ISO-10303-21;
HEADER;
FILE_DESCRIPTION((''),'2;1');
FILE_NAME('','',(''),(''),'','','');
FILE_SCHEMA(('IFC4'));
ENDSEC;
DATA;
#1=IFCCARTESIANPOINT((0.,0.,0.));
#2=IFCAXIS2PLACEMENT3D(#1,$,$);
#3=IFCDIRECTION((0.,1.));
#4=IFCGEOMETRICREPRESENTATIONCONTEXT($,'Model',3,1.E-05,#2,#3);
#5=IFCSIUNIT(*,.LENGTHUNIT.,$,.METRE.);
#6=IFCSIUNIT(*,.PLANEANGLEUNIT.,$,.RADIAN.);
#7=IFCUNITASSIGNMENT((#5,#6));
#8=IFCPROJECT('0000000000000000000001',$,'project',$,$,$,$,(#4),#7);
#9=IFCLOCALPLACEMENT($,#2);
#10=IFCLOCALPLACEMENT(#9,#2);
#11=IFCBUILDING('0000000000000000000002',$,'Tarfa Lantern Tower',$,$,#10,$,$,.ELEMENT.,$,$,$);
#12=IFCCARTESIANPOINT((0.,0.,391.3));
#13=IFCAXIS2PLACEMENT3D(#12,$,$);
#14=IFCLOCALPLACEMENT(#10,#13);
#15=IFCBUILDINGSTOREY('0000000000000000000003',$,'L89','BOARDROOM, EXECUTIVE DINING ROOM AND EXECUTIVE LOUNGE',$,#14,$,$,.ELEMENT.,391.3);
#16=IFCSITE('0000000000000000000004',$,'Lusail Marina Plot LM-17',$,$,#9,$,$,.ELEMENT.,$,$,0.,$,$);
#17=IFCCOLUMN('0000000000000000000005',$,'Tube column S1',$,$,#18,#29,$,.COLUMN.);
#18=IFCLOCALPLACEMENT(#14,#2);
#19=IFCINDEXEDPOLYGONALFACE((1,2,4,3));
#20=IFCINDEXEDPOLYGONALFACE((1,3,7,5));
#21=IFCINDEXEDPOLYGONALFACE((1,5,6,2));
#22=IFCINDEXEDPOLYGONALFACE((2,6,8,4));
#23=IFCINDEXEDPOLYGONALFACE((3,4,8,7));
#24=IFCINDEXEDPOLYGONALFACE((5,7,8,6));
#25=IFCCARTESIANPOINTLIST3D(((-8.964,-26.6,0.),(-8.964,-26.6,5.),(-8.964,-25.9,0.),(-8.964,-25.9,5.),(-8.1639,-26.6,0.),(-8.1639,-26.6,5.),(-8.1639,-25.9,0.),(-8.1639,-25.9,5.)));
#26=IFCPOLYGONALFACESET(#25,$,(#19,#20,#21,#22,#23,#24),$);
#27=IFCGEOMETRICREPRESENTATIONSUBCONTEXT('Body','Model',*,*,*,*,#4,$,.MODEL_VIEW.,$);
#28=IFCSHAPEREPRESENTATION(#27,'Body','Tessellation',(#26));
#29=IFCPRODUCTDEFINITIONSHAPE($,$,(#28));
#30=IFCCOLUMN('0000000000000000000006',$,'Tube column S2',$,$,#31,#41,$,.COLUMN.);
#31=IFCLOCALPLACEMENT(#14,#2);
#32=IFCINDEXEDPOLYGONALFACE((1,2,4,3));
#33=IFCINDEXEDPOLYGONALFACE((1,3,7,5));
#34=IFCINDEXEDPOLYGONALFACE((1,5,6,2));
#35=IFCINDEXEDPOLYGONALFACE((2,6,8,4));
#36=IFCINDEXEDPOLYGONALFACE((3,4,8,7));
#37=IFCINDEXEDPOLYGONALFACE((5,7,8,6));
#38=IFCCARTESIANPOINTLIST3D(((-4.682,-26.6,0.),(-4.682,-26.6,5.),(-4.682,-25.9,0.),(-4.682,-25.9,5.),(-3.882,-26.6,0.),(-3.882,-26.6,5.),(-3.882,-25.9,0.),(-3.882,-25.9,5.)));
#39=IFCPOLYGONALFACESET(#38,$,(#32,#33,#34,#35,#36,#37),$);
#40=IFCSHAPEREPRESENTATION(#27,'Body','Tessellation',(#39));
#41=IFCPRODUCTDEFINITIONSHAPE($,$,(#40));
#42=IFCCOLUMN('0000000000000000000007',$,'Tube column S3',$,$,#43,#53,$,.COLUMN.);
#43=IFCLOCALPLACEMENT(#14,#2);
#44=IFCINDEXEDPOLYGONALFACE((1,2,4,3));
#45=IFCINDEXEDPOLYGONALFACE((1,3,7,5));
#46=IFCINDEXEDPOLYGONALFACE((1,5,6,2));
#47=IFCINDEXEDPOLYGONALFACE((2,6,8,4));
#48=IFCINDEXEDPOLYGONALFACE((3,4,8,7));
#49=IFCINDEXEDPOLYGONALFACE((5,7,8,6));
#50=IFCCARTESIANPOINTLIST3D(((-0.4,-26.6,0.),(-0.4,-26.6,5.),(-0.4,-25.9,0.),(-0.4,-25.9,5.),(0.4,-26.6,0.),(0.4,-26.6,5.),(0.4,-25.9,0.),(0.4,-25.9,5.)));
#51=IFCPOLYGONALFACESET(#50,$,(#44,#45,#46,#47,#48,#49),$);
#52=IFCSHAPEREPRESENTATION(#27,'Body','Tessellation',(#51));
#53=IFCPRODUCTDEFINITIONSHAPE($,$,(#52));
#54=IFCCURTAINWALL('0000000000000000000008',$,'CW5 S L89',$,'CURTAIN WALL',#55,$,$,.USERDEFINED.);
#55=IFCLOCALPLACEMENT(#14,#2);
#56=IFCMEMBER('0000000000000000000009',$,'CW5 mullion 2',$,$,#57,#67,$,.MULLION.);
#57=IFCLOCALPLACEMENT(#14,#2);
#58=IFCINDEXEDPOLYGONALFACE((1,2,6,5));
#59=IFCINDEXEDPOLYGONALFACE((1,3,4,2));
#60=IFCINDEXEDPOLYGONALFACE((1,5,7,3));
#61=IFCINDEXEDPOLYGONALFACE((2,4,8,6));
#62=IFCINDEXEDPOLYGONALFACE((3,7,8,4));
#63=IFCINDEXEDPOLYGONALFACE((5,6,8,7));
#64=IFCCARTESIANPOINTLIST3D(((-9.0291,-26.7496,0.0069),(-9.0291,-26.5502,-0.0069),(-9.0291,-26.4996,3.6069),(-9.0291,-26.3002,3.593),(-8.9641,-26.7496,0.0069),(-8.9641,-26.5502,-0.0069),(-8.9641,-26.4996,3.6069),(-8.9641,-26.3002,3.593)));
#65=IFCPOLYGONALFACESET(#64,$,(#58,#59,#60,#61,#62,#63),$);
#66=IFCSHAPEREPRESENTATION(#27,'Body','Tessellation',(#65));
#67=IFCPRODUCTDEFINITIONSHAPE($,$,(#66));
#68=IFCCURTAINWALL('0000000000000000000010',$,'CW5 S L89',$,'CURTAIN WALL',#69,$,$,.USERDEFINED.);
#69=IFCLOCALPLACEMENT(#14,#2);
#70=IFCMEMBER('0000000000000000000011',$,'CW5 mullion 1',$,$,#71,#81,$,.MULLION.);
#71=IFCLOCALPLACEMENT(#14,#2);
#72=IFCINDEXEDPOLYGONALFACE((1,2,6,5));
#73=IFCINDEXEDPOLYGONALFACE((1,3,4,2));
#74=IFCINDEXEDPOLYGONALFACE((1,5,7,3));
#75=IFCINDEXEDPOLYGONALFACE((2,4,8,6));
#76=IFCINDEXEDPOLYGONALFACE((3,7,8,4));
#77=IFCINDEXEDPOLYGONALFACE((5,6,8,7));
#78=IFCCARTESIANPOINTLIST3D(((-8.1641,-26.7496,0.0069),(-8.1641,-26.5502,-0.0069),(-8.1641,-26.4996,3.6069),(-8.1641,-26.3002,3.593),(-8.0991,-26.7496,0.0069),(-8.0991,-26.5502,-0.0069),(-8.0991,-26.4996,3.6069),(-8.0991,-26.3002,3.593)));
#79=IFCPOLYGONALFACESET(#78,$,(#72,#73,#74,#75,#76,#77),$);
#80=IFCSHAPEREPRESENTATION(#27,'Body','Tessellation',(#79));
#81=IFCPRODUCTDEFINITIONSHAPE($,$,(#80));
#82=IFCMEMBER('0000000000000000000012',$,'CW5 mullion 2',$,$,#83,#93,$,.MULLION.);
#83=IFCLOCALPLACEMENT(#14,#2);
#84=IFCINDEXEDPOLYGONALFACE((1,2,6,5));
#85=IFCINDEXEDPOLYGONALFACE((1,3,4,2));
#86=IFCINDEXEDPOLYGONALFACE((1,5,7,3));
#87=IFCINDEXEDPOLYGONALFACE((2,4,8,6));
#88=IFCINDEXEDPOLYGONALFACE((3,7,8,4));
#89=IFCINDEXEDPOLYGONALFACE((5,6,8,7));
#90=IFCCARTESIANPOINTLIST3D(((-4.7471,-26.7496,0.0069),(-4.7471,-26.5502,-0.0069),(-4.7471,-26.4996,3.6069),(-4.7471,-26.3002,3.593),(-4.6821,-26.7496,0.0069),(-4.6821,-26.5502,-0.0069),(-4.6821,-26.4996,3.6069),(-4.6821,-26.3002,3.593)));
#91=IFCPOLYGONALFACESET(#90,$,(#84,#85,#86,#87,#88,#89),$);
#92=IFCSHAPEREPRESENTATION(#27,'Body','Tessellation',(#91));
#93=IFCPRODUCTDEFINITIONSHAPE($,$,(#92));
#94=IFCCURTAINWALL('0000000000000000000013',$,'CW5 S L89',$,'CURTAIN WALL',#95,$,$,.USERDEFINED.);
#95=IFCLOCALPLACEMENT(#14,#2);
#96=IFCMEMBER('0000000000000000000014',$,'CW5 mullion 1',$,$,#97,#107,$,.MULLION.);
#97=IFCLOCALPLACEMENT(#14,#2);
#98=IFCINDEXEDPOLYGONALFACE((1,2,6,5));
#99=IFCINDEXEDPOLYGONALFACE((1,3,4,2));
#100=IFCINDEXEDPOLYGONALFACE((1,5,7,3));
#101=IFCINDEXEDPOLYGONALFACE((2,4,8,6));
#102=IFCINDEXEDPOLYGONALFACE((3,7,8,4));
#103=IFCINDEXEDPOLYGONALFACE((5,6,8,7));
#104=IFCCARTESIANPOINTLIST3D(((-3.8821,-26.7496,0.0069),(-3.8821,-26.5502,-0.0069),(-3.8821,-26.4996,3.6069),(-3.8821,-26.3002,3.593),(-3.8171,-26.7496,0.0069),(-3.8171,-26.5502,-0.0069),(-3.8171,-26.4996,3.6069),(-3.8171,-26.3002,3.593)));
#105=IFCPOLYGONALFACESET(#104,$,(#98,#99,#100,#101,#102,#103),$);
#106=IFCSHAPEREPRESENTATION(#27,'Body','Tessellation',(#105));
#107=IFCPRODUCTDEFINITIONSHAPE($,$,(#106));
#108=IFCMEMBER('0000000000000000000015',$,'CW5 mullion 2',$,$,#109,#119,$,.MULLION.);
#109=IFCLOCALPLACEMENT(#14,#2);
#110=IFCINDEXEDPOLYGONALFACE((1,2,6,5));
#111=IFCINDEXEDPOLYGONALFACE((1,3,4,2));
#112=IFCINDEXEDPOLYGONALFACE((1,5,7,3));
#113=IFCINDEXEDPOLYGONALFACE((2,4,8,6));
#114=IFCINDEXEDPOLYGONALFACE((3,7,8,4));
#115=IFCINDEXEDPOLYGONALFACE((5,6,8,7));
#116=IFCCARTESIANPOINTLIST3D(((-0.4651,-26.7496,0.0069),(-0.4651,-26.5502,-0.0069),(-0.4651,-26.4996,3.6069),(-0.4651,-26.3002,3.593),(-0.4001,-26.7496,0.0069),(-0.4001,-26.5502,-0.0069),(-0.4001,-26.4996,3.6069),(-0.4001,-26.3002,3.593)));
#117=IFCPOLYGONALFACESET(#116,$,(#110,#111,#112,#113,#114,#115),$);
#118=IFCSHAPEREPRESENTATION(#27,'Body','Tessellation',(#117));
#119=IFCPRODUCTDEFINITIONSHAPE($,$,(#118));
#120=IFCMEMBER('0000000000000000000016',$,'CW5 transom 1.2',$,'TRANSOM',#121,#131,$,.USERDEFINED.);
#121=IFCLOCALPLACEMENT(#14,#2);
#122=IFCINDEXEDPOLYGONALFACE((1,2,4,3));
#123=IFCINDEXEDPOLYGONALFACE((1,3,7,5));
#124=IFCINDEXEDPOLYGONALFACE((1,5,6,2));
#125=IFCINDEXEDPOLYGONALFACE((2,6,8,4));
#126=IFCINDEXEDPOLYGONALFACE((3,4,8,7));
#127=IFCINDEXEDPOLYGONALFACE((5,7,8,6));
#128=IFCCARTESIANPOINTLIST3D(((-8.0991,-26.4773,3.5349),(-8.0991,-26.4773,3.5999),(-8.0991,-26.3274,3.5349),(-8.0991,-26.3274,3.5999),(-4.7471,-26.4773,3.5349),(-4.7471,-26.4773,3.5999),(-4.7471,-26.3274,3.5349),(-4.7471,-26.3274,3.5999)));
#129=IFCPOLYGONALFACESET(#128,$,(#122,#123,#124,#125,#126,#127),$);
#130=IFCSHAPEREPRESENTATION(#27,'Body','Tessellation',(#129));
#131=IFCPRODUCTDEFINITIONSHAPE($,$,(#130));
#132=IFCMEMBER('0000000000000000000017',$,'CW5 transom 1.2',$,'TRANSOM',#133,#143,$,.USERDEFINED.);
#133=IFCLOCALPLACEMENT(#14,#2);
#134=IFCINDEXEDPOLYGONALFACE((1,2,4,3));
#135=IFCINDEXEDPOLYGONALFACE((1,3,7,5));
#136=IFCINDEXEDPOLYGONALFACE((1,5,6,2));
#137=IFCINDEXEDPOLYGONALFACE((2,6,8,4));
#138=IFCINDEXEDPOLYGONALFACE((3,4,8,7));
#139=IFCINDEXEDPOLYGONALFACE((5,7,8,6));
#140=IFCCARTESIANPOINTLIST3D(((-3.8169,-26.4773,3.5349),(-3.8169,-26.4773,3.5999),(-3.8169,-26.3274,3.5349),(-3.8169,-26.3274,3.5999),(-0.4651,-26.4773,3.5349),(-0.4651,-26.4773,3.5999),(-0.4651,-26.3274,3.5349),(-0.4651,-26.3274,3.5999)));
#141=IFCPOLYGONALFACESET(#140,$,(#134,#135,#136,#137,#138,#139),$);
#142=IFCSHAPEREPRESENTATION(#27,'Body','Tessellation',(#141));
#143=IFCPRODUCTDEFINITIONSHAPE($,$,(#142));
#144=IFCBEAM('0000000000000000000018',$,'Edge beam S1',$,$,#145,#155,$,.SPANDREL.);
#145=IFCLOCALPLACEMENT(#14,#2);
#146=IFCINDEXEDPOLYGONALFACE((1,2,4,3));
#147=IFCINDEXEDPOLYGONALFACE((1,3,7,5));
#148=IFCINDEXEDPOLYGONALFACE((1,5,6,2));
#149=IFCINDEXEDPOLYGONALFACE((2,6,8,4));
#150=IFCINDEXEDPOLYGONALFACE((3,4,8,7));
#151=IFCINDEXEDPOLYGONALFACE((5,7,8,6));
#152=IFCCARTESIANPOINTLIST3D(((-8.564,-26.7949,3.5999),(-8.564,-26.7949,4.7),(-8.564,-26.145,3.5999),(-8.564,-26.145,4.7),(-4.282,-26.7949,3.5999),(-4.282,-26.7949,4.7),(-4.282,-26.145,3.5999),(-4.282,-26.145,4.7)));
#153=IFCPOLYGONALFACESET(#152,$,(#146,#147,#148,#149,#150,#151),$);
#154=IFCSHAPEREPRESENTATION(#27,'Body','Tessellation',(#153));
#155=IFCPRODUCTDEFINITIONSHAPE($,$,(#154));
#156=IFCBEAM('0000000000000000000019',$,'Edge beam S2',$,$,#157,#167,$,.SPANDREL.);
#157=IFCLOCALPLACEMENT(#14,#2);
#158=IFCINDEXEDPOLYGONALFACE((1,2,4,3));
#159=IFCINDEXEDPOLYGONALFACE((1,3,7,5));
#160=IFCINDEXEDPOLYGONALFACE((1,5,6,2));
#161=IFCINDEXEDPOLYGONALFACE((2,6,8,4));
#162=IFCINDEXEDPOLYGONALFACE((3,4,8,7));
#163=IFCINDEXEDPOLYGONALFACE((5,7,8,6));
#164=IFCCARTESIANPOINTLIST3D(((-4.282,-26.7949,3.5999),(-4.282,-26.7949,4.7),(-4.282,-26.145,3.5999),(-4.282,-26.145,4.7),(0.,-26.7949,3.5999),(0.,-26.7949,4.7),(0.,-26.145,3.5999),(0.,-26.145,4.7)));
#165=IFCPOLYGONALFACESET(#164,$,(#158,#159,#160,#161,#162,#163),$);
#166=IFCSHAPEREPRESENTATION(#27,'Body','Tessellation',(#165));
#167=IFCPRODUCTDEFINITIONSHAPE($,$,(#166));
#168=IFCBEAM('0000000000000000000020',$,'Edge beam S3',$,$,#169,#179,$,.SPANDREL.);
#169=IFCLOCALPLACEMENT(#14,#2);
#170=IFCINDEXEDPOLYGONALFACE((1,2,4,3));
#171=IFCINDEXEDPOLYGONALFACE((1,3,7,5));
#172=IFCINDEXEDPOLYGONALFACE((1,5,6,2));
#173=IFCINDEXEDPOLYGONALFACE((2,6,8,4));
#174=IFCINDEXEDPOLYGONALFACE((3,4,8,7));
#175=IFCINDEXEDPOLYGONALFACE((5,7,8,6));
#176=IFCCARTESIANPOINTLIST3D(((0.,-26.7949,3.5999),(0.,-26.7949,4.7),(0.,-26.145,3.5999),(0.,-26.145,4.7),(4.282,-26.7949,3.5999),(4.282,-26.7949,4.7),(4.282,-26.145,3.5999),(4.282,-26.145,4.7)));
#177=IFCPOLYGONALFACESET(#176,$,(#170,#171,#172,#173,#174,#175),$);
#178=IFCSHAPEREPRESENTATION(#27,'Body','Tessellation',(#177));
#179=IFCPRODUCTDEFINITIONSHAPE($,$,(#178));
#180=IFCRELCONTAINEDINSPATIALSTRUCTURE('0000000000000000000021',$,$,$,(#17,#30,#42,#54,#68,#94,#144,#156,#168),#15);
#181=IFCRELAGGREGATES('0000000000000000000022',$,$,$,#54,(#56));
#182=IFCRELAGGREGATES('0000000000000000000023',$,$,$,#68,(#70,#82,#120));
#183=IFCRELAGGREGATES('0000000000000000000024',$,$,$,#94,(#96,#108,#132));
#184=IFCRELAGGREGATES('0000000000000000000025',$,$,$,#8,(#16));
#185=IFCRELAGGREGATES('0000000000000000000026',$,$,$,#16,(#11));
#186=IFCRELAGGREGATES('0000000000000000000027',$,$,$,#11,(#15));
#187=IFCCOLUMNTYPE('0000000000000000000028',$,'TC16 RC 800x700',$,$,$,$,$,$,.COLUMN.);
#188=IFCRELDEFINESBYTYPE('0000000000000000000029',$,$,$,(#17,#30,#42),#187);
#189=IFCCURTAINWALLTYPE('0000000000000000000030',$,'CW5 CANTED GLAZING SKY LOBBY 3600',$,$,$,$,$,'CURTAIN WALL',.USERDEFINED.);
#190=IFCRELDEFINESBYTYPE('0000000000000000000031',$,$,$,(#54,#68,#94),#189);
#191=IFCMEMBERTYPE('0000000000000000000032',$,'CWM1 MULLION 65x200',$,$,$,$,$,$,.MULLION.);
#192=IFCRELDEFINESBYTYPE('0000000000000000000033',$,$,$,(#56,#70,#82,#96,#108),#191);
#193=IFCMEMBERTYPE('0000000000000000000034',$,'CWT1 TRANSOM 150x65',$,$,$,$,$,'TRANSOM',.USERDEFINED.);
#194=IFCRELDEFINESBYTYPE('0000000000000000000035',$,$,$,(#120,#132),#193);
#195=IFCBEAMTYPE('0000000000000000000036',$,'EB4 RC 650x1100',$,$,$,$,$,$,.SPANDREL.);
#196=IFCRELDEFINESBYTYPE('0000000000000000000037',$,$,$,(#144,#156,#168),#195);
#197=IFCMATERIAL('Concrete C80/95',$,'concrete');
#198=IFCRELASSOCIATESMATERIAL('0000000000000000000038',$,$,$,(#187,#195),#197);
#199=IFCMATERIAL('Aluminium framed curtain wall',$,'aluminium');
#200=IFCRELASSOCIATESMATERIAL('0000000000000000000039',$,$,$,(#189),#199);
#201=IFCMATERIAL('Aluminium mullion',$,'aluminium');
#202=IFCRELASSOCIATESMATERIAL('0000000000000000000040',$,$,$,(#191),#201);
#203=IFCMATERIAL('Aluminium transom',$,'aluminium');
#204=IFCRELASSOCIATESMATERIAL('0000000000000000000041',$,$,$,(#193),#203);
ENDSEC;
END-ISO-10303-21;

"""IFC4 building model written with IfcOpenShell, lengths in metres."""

from ifc_helpers import new_model, si_unit, direction, frame, origin, origin_2d, place, context, subcontext, project, spatial, rectangle, extrude, material, material_profile, profile_set, type_object, element, aggregate, save


model = new_model("IFC4")

# Units and contexts
model_context = context("Model", 3, precision=1e-05, world=origin(), true_north=direction((0.0, 1.0)))
body_context = subcontext(model_context, "Body", "Model", "MODEL_VIEW")
ifc_project = project(units=[si_unit("LENGTHUNIT", "METRE"), si_unit("PLANEANGLEUNIT", "RADIAN")], contexts=[model_context])

# Site, building, storey
site_placement = place(None, origin())
site = spatial("IfcSite", under=ifc_project, at=site_placement, Name="Lusail Marina Plot LM-17", CompositionType="ELEMENT", RefElevation=0.0)
building_placement = place(site_placement, origin())
building = spatial("IfcBuilding", under=site, at=building_placement, Name="Tarfa Lantern Tower", CompositionType="ELEMENT")
storey_placement = place(building_placement, frame((0.0, 0.0, 391.3)))
storey = spatial("IfcBuildingStorey", under=building, at=storey_placement, Name="L89", Description="BOARDROOM, EXECUTIVE DINING ROOM AND EXECUTIVE LOUNGE", CompositionType="ELEMENT", Elevation=391.3)

# Columns
ifc_material_1 = material(Name="Concrete C80/95", Category="concrete")
ifc_material_profile_1 = material_profile(ifc_material_1, rectangle(XDim=0.8, YDim=0.7, at=origin_2d()), Name="RC 800x700")
ifc_profile_set_1 = profile_set([ifc_material_profile_1], Name="Concrete C80/95")
column_type = type_object("IfcColumnType", Name="TC16 RC 800x700", PredefinedType="COLUMN", material=ifc_profile_set_1)
for number, where, z_axis, x_axis, name in (
    (1, (-8.564, -26.25, 0.0), (0.0, 0.0, 1.0), (1.0, 0.0, 0.0), "Tube column S1"),
    (2, (-4.282, -26.25, 0.0), (0.0, 0.0, 1.0), (1.0, 0.0, 0.0), "Tube column S2"),
    (3, (0.0, -26.25, 0.0), (0.0, 0.0, 1.0), (1.0, 0.0, 0.0), "Tube column S3"),
):
    element("IfcColumn", number, at=place(storey_placement, frame(where, z_axis=z_axis, x_axis=x_axis)), inside=storey, type_object=column_type, Name=name, PredefinedType="COLUMN", context=body_context, shape_type="SweptSolid", body=[
        extrude(rectangle(XDim=0.8, YDim=0.7, at=origin_2d()), origin(), (0.0, 0.0, 1.0), 5.0),
    ])

# Curtain wall, member
ifc_material_2 = material(Name="Aluminium framed curtain wall", Category="aluminium")
curtain_wall_type = type_object("IfcCurtainWallType", Name="CW5 CANTED GLAZING SKY LOBBY 3600", ElementType="CURTAIN WALL", PredefinedType="USERDEFINED", material=ifc_material_2)
curtain_wall_1_placement = place(storey_placement, origin())
curtain_wall_1 = element("IfcCurtainWall", 4, at=curtain_wall_1_placement, inside=storey, type_object=curtain_wall_type, Name="CW5 S L89", ObjectType="CURTAIN WALL", PredefinedType="USERDEFINED")
ifc_material_3 = material(Name="Aluminium mullion", Category="aluminium")
ifc_material_profile_2 = material_profile(ifc_material_3, rectangle(XDim=0.0649, YDim=0.2, at=origin_2d()), Name="AL MULLION 65x200")
ifc_profile_set_2 = profile_set([ifc_material_profile_2], Name="Aluminium mullion")
member_type_1 = type_object("IfcMemberType", Name="CWM1 MULLION 65x200", PredefinedType="MULLION", material=ifc_profile_set_2)
member_1_placement = place(storey_placement, frame((-8.9966, -26.6499, 0.0), z_axis=(0.0, 0.06928, 0.997597), x_axis=(-1.0, 0.0, 0.0)))
member_1 = element("IfcMember", 5, at=member_1_placement, type_object=member_type_1, Name="CW5 mullion 2", PredefinedType="MULLION", context=body_context, shape_type="SweptSolid", body=[
    extrude(rectangle(XDim=0.0649, YDim=0.2, at=origin_2d()), origin(), (0.0, 0.0, 1.0), 3.6086),
])
aggregate(curtain_wall_1, [member_1])

# Curtain walls, members
curtain_wall_2_placement = place(storey_placement, origin())
curtain_wall_2 = element("IfcCurtainWall", 6, at=curtain_wall_2_placement, inside=storey, type_object=curtain_wall_type, Name="CW5 S L89", ObjectType="CURTAIN WALL", PredefinedType="USERDEFINED")
member_2_placement = place(storey_placement, frame((-8.1316, -26.6499, 0.0), z_axis=(0.0, 0.06928, 0.997597), x_axis=(-1.0, 0.0, 0.0)))
member_2 = element("IfcMember", 7, at=member_2_placement, type_object=member_type_1, Name="CW5 mullion 1", PredefinedType="MULLION", context=body_context, shape_type="SweptSolid", body=[
    extrude(rectangle(XDim=0.0649, YDim=0.2, at=origin_2d()), origin(), (0.0, 0.0, 1.0), 3.6086),
])
member_3_placement = place(storey_placement, frame((-4.7146, -26.6499, 0.0), z_axis=(0.0, 0.06928, 0.997597), x_axis=(-1.0, 0.0, 0.0)))
member_3 = element("IfcMember", 8, at=member_3_placement, type_object=member_type_1, Name="CW5 mullion 2", PredefinedType="MULLION", context=body_context, shape_type="SweptSolid", body=[
    extrude(rectangle(XDim=0.0649, YDim=0.2, at=origin_2d()), origin(), (0.0, 0.0, 1.0), 3.6086),
])
curtain_wall_3_placement = place(storey_placement, origin())
curtain_wall_3 = element("IfcCurtainWall", 9, at=curtain_wall_3_placement, inside=storey, type_object=curtain_wall_type, Name="CW5 S L89", ObjectType="CURTAIN WALL", PredefinedType="USERDEFINED")
member_4_placement = place(storey_placement, frame((-3.8496, -26.6499, 0.0), z_axis=(0.0, 0.06928, 0.997597), x_axis=(-1.0, 0.0, 0.0)))
member_4 = element("IfcMember", 10, at=member_4_placement, type_object=member_type_1, Name="CW5 mullion 1", PredefinedType="MULLION", context=body_context, shape_type="SweptSolid", body=[
    extrude(rectangle(XDim=0.0649, YDim=0.2, at=origin_2d()), origin(), (0.0, 0.0, 1.0), 3.6086),
])
member_5_placement = place(storey_placement, frame((-0.4326, -26.6499, 0.0), z_axis=(0.0, 0.06928, 0.997597), x_axis=(-1.0, 0.0, 0.0)))
member_5 = element("IfcMember", 11, at=member_5_placement, type_object=member_type_1, Name="CW5 mullion 2", PredefinedType="MULLION", context=body_context, shape_type="SweptSolid", body=[
    extrude(rectangle(XDim=0.0649, YDim=0.2, at=origin_2d()), origin(), (0.0, 0.0, 1.0), 3.6086),
])

# Members
ifc_material_4 = material(Name="Aluminium transom", Category="aluminium")
ifc_material_profile_3 = material_profile(ifc_material_4, rectangle(XDim=0.1499, YDim=0.0649, at=origin_2d()), Name="AL TRANSOM 150x65")
ifc_profile_set_3 = profile_set([ifc_material_profile_3], Name="Aluminium transom")
member_type_2 = type_object("IfcMemberType", Name="CWT1 TRANSOM 150x65", ElementType="TRANSOM", PredefinedType="USERDEFINED", material=ifc_profile_set_3)
member_6_placement = place(storey_placement, frame((-8.0991, -26.4023, 3.5674), z_axis=(1.0, 0.0, 0.0), x_axis=(0.0, 1.0, 0.0)))
member_6 = element("IfcMember", 12, at=member_6_placement, type_object=member_type_2, Name="CW5 transom 1.2", ObjectType="TRANSOM", PredefinedType="USERDEFINED", context=body_context, shape_type="SweptSolid", body=[
    extrude(rectangle(XDim=0.1499, YDim=0.0649, at=origin_2d()), origin(), (0.0, 0.0, 1.0), 3.3521),
])
member_7_placement = place(storey_placement, frame((-3.8169, -26.4023, 3.5674), z_axis=(1.0, 0.0, 0.0), x_axis=(0.0, 1.0, 0.0)))
member_7 = element("IfcMember", 13, at=member_7_placement, type_object=member_type_2, Name="CW5 transom 1.2", ObjectType="TRANSOM", PredefinedType="USERDEFINED", context=body_context, shape_type="SweptSolid", body=[
    extrude(rectangle(XDim=0.1499, YDim=0.0649, at=origin_2d()), origin(), (0.0, 0.0, 1.0), 3.3518),
])

# Beams
ifc_material_profile_4 = material_profile(ifc_material_1, rectangle(XDim=0.6499, YDim=1.1001, at=origin_2d()), Name="RC 650x1100")
ifc_profile_set_4 = profile_set([ifc_material_profile_4], Name="Concrete C80/95")
beam_type_1 = type_object("IfcBeamType", Name="EB4 RC 650x1100", PredefinedType="SPANDREL", material=ifc_profile_set_4)
for number, where, z_axis, x_axis, name in (
    (14, (-8.564, -26.47, 4.1499), (1.0, 0.0, 0.0), (0.0, 1.0, 0.0), "Edge beam S1"),
    (15, (-4.282, -26.47, 4.1499), (1.0, 0.0, 0.0), (0.0, 1.0, 0.0), "Edge beam S2"),
    (16, (0.0, -26.47, 4.1499), (1.0, 0.0, 0.0), (0.0, 1.0, 0.0), "Edge beam S3"),
):
    element("IfcBeam", number, at=place(storey_placement, frame(where, z_axis=z_axis, x_axis=x_axis)), inside=storey, type_object=beam_type_1, Name=name, PredefinedType="SPANDREL", context=body_context, shape_type="SweptSolid", body=[
        extrude(rectangle(XDim=0.6499, YDim=1.1001, at=origin_2d()), origin(), (0.0, 0.0, 1.0), 4.282),
    ])

aggregate(curtain_wall_2, [member_2, member_3, member_6])
aggregate(curtain_wall_3, [member_4, member_5, member_7])

save(model, "model.ifc")
